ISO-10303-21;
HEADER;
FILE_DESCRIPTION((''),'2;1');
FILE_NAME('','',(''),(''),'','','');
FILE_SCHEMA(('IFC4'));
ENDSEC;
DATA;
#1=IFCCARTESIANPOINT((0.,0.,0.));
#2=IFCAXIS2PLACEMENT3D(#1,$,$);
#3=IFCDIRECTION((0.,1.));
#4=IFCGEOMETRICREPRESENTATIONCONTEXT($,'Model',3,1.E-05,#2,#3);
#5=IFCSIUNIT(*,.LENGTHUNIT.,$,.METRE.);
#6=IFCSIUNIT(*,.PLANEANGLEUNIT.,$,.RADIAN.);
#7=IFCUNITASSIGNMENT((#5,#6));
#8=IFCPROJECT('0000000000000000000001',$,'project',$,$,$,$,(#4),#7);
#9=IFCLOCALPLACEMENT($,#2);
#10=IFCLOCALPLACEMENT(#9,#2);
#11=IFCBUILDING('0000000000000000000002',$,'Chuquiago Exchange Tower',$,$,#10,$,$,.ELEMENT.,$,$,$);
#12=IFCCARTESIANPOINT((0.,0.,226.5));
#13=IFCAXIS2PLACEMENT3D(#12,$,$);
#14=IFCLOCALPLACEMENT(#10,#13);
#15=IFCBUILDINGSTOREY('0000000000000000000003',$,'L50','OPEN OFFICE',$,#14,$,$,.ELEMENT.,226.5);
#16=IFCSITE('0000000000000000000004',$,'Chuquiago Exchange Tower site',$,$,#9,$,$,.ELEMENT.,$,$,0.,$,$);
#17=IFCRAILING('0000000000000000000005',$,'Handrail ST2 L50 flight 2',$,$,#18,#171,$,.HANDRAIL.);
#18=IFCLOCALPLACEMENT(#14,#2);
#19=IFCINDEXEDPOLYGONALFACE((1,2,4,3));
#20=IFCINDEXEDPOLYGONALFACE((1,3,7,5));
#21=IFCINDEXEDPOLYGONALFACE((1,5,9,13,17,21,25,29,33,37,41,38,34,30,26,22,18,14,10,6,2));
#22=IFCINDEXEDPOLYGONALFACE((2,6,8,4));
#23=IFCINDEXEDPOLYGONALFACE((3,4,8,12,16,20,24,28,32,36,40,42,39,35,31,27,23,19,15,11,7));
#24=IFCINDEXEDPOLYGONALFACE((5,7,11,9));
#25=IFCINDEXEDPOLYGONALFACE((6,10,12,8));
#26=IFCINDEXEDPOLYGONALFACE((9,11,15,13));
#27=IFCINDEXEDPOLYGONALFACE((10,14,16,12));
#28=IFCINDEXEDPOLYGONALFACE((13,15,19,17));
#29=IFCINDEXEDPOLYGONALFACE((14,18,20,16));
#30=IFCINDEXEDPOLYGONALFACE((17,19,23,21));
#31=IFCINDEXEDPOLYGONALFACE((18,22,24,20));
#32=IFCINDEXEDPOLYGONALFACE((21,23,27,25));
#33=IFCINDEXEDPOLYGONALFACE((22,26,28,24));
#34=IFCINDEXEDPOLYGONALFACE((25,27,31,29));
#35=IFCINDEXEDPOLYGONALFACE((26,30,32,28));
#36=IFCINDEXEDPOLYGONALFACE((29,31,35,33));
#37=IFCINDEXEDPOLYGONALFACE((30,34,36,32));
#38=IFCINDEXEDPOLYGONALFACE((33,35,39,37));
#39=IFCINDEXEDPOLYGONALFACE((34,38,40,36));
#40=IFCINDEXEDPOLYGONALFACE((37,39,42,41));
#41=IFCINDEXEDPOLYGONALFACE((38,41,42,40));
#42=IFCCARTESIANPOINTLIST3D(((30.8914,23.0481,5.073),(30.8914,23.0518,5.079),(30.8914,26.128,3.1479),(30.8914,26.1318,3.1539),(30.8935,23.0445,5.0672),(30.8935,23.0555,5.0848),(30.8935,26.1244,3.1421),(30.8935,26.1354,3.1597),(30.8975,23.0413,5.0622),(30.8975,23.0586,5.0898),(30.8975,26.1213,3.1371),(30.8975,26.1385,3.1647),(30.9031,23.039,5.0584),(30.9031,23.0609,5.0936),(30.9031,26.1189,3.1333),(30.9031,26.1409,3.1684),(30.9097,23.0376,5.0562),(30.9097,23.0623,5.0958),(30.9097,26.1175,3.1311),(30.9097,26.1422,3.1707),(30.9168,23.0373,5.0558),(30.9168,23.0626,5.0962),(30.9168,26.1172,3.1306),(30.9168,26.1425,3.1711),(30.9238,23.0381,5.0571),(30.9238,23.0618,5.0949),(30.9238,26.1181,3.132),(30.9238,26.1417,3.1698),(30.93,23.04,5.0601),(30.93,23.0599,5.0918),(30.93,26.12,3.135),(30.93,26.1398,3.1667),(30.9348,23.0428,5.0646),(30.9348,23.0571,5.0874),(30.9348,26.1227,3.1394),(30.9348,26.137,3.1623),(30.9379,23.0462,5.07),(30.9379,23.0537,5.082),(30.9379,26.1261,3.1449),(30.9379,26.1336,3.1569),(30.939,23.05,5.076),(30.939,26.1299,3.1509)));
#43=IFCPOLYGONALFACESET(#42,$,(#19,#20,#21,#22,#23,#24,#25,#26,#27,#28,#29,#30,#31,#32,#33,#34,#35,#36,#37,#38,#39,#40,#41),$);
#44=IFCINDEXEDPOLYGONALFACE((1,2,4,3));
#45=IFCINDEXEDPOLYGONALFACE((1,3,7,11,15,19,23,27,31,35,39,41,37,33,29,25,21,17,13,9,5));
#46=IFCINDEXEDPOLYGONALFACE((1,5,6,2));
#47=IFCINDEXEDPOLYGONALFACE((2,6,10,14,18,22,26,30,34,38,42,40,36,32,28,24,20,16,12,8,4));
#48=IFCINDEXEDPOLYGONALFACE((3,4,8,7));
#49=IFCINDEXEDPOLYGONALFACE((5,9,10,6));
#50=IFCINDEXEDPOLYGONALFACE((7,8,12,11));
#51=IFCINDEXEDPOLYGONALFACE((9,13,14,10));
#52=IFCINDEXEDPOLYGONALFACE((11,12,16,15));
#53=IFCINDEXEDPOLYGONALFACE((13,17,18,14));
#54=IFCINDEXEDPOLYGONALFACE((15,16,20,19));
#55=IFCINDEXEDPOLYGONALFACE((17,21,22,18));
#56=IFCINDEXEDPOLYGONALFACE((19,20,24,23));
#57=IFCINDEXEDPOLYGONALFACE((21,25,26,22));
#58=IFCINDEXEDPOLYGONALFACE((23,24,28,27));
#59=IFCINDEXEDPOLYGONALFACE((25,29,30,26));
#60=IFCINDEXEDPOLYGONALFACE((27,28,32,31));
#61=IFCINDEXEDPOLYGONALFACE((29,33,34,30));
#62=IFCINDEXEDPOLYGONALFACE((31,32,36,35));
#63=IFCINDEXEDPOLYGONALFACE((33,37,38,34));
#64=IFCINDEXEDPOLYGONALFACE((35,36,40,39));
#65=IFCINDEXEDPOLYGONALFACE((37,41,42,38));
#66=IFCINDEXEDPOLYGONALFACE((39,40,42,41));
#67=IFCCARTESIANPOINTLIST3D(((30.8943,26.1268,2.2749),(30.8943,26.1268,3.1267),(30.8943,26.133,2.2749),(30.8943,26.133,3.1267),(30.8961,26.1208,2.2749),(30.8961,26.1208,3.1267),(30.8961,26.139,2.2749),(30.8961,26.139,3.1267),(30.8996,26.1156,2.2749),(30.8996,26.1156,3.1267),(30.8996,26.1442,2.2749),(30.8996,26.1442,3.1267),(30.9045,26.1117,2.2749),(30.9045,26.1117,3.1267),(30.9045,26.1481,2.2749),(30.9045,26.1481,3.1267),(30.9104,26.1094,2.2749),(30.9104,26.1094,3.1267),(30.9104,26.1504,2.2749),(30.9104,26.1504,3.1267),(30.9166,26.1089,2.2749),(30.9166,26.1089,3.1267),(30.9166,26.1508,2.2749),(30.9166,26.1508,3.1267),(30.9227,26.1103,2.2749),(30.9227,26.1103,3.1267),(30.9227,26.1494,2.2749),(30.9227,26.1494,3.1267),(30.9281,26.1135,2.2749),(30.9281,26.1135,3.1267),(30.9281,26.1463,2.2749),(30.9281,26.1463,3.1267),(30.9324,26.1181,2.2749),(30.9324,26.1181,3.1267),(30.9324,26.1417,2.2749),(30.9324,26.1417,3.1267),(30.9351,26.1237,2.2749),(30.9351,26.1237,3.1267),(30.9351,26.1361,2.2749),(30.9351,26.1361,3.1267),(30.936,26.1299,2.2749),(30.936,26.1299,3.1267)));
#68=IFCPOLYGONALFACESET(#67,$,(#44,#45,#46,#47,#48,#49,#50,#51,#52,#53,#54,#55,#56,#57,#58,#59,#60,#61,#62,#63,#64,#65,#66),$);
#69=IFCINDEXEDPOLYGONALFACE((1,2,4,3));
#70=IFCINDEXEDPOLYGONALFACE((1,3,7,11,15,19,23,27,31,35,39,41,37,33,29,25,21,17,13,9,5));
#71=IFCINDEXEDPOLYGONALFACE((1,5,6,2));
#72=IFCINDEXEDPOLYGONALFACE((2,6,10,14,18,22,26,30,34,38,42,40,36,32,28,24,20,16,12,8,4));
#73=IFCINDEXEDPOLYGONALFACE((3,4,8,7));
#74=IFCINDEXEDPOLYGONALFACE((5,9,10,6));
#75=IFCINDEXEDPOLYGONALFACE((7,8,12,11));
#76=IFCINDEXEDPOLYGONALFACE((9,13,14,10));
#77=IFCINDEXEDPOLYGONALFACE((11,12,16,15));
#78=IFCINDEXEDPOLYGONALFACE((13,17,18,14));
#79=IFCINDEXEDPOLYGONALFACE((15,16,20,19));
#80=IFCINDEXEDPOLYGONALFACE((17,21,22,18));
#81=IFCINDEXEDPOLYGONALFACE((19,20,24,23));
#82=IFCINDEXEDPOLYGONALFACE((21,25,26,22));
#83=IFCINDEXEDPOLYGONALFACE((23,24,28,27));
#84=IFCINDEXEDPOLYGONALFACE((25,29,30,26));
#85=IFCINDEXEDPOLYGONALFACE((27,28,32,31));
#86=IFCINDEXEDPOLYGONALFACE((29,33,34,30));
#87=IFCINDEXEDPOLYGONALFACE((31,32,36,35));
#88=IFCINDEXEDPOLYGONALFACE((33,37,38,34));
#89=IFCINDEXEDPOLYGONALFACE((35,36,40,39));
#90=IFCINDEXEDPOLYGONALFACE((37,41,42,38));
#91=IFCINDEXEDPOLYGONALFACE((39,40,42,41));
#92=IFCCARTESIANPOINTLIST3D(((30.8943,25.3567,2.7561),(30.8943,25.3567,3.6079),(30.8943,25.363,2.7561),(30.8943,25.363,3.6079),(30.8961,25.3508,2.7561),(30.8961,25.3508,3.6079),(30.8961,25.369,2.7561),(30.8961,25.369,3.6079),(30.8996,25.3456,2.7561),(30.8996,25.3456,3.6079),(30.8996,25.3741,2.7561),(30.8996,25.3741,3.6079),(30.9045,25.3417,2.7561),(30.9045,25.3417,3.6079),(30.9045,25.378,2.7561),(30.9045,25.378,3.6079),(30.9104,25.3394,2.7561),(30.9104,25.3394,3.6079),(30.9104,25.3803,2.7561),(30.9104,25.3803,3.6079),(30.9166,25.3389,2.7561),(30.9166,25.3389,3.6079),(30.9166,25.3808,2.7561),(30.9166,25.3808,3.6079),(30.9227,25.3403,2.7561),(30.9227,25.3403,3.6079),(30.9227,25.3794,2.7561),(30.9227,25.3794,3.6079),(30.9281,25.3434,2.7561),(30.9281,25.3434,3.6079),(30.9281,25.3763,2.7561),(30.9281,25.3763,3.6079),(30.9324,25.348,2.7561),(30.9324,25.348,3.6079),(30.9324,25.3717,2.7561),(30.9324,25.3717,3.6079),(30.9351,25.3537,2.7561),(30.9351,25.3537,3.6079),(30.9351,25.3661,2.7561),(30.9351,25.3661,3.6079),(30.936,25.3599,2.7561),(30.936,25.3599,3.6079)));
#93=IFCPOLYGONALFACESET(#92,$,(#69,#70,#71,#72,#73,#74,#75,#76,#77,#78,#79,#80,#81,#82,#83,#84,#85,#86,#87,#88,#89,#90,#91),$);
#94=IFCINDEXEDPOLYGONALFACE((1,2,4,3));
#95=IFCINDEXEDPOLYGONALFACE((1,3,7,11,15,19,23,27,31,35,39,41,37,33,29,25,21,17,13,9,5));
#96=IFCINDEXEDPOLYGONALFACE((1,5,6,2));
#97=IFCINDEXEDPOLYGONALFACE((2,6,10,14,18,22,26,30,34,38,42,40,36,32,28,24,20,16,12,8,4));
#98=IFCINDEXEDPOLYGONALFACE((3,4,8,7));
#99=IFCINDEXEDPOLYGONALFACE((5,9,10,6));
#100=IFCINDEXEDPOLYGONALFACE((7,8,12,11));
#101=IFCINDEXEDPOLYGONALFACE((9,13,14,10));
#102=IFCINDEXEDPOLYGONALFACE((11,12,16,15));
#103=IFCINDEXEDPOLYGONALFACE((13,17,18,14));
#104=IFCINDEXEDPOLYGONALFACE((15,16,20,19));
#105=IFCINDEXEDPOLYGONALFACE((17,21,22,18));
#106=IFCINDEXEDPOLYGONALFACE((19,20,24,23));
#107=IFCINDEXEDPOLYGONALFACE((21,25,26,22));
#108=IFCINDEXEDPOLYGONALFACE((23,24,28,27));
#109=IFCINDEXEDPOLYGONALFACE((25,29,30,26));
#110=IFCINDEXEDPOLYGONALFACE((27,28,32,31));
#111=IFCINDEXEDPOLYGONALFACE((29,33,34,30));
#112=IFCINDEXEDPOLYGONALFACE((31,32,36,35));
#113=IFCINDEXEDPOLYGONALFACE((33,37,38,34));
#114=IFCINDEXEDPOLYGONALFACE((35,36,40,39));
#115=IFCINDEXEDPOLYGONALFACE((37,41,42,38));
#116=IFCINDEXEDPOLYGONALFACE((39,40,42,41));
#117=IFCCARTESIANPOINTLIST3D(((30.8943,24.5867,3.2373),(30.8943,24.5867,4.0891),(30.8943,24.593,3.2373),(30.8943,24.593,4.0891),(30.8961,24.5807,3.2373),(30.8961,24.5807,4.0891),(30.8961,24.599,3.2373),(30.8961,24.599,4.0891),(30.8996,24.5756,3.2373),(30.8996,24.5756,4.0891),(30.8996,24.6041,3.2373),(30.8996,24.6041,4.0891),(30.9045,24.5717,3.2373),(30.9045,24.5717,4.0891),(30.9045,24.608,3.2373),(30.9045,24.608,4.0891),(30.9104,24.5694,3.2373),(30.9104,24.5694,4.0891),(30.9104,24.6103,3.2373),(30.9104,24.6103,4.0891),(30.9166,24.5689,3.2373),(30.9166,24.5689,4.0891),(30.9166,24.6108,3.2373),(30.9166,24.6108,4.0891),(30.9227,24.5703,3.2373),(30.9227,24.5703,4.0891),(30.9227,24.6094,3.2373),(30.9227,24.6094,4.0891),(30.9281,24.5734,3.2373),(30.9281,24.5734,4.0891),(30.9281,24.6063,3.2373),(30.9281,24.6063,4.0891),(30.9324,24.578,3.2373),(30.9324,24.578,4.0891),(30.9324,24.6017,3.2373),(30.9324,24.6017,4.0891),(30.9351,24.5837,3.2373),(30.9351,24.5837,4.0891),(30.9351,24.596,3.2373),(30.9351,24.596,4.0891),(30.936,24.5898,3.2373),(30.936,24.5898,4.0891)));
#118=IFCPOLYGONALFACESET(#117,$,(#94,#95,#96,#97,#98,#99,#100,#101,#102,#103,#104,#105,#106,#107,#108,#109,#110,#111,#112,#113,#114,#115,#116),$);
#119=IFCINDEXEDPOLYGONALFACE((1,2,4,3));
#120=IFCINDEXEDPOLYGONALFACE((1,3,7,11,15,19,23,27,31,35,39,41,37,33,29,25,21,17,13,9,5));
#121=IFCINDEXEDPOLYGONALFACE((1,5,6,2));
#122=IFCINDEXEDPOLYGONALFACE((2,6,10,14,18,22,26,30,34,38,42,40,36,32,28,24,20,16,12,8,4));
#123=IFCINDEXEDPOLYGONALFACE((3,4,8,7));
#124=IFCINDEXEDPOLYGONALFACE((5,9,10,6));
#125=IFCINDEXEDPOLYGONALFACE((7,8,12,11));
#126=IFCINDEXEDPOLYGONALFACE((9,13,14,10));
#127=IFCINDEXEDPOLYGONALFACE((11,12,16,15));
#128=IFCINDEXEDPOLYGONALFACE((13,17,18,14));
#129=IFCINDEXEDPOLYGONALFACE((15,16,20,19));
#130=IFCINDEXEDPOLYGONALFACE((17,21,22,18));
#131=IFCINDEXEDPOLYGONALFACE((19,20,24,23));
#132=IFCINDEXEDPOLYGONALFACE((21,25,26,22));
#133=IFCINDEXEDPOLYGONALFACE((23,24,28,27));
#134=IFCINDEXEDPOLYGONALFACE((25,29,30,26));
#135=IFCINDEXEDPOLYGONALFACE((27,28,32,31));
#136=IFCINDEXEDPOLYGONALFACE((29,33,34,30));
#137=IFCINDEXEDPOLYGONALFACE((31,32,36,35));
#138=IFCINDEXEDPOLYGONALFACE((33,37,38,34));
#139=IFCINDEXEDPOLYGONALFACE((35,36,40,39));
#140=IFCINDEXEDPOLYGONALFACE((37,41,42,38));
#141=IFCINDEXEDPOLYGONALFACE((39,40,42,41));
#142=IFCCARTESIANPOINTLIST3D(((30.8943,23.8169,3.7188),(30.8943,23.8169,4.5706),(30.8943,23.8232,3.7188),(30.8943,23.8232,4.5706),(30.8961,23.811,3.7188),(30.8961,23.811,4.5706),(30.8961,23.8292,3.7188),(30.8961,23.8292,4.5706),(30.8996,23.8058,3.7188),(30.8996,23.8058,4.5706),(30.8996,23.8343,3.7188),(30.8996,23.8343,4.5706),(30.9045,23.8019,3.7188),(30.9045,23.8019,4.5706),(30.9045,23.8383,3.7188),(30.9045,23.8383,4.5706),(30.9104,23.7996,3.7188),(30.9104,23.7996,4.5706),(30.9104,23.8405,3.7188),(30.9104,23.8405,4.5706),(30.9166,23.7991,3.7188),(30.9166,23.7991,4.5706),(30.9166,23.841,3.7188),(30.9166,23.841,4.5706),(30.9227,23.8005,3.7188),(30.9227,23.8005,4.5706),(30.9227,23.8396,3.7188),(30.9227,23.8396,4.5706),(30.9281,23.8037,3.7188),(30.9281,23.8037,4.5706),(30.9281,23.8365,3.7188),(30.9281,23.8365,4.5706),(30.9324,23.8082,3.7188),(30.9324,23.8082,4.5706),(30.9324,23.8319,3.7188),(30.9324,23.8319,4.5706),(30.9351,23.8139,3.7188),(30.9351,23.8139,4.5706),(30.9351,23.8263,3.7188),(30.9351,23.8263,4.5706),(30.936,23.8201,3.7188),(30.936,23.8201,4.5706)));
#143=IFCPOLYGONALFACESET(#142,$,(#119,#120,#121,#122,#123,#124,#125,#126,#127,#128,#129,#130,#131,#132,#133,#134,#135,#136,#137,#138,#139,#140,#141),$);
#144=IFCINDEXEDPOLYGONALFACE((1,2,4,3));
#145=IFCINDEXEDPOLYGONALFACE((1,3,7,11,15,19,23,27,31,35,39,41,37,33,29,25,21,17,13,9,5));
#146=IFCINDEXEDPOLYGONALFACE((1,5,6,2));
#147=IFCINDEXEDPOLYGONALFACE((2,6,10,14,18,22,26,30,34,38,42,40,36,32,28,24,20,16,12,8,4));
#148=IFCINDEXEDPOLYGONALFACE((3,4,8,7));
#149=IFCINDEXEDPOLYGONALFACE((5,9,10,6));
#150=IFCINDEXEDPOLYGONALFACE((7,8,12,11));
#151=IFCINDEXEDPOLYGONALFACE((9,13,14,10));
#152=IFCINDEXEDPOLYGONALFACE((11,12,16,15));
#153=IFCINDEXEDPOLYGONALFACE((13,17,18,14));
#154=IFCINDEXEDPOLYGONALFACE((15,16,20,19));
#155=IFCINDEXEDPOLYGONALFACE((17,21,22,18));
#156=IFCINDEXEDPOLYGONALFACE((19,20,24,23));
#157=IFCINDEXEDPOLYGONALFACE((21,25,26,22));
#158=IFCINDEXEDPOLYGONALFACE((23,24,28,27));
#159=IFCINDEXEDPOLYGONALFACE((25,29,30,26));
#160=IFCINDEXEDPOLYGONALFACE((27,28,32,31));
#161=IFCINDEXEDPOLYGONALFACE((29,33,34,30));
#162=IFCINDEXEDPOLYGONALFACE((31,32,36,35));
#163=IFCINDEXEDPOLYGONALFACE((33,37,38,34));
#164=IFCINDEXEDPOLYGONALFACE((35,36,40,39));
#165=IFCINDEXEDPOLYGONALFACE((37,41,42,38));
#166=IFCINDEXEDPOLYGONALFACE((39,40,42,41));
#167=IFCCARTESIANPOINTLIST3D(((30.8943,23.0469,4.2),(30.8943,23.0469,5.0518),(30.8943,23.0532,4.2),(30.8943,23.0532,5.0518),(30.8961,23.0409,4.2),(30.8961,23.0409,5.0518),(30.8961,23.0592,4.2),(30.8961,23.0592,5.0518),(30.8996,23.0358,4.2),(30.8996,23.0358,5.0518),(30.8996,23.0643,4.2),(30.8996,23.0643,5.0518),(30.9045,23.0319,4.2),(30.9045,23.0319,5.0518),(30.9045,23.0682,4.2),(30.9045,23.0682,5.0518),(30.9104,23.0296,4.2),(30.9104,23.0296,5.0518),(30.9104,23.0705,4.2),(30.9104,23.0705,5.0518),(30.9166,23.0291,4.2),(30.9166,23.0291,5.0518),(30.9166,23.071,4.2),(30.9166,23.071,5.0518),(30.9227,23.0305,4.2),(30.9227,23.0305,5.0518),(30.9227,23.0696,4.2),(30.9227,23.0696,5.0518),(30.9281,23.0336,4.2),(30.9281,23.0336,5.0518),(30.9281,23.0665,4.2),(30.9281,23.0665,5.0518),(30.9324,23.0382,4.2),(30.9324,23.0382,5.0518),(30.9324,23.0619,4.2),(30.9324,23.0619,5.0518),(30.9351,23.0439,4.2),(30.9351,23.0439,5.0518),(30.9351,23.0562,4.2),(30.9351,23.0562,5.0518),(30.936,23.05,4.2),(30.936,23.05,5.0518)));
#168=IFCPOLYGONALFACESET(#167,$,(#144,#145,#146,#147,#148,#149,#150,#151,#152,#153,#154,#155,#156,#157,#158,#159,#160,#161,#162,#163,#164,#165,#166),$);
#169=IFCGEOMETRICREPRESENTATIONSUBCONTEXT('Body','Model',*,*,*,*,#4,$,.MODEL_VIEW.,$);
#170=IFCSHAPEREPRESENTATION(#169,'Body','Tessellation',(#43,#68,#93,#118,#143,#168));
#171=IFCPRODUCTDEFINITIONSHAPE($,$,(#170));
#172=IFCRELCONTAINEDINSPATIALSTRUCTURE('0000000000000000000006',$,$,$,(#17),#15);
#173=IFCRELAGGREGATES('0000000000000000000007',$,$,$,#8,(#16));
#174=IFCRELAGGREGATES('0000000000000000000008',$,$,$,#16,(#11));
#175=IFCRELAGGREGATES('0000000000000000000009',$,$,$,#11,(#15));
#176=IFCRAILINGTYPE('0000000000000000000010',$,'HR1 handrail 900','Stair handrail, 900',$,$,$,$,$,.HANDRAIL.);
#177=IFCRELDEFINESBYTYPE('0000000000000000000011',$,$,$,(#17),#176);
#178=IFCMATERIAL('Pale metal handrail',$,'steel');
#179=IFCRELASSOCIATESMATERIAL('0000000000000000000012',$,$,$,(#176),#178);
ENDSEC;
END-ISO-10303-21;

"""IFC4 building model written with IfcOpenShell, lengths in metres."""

from ifc_helpers import new_model, si_unit, direction, frame, origin, origin_2d, place, context, subcontext, project, spatial, circle, extrude, material, type_object, element, save


model = new_model("IFC4")

# Units and contexts
model_context = context("Model", 3, precision=1e-05, world=origin(), true_north=direction((0.0, 1.0)))
body_context = subcontext(model_context, "Body", "Model", "MODEL_VIEW")
ifc_project = project(units=[si_unit("LENGTHUNIT", "METRE"), si_unit("PLANEANGLEUNIT", "RADIAN")], contexts=[model_context])

# Site, building, storey
site_placement = place(None, origin())
site = spatial("IfcSite", under=ifc_project, at=site_placement, Name="Chuquiago Exchange Tower site", CompositionType="ELEMENT", RefElevation=0.0)
building_placement = place(site_placement, origin())
building = spatial("IfcBuilding", under=site, at=building_placement, Name="Chuquiago Exchange Tower", CompositionType="ELEMENT")
storey_placement = place(building_placement, frame((0.0, 0.0, 226.5)))
storey = spatial("IfcBuildingStorey", under=building, at=storey_placement, Name="L50", Description="OPEN OFFICE", CompositionType="ELEMENT", Elevation=226.5)

# Railing
ifc_material_1 = material(Name="Pale metal handrail", Category="steel")
railing_type_1 = type_object("IfcRailingType", Name="HR1 handrail 900", Description="Stair handrail, 900", PredefinedType="HANDRAIL", material=ifc_material_1)
railing_1_placement = place(storey_placement, frame((30.915, 26.1299, 2.2749)))
element("IfcRailing", 1, at=railing_1_placement, inside=storey, type_object=railing_type_1, Name="Handrail ST2 L50 flight 2", PredefinedType="HANDRAIL", context=body_context, shape_type="SweptSolid", body=[
    extrude(circle(Radius=0.0239, at=origin_2d()), frame((0.0, 0.0, 0.876), z_axis=(0.0, -0.847979, 0.530029), x_axis=(1.0, 0.0, 0.0)), (0.0, 0.0, 1.0), 3.6321),
    extrude(circle(Radius=0.021, at=origin_2d()), origin(), (0.0, 0.0, 1.0), 0.8518),
    extrude(circle(Radius=0.021, at=origin_2d()), frame((0.0, -0.77, 0.4812)), (0.0, 0.0, 1.0), 0.8518),
    extrude(circle(Radius=0.021, at=origin_2d()), frame((0.0, -1.54, 0.9624)), (0.0, 0.0, 1.0), 0.8518),
    extrude(circle(Radius=0.021, at=origin_2d()), frame((0.0, -2.3098, 1.4438)), (0.0, 0.0, 1.0), 0.8518),
    extrude(circle(Radius=0.021, at=origin_2d()), frame((0.0, -3.0798, 1.925)), (0.0, 0.0, 1.0), 0.8518),
])

save(model, "model.ifc")
